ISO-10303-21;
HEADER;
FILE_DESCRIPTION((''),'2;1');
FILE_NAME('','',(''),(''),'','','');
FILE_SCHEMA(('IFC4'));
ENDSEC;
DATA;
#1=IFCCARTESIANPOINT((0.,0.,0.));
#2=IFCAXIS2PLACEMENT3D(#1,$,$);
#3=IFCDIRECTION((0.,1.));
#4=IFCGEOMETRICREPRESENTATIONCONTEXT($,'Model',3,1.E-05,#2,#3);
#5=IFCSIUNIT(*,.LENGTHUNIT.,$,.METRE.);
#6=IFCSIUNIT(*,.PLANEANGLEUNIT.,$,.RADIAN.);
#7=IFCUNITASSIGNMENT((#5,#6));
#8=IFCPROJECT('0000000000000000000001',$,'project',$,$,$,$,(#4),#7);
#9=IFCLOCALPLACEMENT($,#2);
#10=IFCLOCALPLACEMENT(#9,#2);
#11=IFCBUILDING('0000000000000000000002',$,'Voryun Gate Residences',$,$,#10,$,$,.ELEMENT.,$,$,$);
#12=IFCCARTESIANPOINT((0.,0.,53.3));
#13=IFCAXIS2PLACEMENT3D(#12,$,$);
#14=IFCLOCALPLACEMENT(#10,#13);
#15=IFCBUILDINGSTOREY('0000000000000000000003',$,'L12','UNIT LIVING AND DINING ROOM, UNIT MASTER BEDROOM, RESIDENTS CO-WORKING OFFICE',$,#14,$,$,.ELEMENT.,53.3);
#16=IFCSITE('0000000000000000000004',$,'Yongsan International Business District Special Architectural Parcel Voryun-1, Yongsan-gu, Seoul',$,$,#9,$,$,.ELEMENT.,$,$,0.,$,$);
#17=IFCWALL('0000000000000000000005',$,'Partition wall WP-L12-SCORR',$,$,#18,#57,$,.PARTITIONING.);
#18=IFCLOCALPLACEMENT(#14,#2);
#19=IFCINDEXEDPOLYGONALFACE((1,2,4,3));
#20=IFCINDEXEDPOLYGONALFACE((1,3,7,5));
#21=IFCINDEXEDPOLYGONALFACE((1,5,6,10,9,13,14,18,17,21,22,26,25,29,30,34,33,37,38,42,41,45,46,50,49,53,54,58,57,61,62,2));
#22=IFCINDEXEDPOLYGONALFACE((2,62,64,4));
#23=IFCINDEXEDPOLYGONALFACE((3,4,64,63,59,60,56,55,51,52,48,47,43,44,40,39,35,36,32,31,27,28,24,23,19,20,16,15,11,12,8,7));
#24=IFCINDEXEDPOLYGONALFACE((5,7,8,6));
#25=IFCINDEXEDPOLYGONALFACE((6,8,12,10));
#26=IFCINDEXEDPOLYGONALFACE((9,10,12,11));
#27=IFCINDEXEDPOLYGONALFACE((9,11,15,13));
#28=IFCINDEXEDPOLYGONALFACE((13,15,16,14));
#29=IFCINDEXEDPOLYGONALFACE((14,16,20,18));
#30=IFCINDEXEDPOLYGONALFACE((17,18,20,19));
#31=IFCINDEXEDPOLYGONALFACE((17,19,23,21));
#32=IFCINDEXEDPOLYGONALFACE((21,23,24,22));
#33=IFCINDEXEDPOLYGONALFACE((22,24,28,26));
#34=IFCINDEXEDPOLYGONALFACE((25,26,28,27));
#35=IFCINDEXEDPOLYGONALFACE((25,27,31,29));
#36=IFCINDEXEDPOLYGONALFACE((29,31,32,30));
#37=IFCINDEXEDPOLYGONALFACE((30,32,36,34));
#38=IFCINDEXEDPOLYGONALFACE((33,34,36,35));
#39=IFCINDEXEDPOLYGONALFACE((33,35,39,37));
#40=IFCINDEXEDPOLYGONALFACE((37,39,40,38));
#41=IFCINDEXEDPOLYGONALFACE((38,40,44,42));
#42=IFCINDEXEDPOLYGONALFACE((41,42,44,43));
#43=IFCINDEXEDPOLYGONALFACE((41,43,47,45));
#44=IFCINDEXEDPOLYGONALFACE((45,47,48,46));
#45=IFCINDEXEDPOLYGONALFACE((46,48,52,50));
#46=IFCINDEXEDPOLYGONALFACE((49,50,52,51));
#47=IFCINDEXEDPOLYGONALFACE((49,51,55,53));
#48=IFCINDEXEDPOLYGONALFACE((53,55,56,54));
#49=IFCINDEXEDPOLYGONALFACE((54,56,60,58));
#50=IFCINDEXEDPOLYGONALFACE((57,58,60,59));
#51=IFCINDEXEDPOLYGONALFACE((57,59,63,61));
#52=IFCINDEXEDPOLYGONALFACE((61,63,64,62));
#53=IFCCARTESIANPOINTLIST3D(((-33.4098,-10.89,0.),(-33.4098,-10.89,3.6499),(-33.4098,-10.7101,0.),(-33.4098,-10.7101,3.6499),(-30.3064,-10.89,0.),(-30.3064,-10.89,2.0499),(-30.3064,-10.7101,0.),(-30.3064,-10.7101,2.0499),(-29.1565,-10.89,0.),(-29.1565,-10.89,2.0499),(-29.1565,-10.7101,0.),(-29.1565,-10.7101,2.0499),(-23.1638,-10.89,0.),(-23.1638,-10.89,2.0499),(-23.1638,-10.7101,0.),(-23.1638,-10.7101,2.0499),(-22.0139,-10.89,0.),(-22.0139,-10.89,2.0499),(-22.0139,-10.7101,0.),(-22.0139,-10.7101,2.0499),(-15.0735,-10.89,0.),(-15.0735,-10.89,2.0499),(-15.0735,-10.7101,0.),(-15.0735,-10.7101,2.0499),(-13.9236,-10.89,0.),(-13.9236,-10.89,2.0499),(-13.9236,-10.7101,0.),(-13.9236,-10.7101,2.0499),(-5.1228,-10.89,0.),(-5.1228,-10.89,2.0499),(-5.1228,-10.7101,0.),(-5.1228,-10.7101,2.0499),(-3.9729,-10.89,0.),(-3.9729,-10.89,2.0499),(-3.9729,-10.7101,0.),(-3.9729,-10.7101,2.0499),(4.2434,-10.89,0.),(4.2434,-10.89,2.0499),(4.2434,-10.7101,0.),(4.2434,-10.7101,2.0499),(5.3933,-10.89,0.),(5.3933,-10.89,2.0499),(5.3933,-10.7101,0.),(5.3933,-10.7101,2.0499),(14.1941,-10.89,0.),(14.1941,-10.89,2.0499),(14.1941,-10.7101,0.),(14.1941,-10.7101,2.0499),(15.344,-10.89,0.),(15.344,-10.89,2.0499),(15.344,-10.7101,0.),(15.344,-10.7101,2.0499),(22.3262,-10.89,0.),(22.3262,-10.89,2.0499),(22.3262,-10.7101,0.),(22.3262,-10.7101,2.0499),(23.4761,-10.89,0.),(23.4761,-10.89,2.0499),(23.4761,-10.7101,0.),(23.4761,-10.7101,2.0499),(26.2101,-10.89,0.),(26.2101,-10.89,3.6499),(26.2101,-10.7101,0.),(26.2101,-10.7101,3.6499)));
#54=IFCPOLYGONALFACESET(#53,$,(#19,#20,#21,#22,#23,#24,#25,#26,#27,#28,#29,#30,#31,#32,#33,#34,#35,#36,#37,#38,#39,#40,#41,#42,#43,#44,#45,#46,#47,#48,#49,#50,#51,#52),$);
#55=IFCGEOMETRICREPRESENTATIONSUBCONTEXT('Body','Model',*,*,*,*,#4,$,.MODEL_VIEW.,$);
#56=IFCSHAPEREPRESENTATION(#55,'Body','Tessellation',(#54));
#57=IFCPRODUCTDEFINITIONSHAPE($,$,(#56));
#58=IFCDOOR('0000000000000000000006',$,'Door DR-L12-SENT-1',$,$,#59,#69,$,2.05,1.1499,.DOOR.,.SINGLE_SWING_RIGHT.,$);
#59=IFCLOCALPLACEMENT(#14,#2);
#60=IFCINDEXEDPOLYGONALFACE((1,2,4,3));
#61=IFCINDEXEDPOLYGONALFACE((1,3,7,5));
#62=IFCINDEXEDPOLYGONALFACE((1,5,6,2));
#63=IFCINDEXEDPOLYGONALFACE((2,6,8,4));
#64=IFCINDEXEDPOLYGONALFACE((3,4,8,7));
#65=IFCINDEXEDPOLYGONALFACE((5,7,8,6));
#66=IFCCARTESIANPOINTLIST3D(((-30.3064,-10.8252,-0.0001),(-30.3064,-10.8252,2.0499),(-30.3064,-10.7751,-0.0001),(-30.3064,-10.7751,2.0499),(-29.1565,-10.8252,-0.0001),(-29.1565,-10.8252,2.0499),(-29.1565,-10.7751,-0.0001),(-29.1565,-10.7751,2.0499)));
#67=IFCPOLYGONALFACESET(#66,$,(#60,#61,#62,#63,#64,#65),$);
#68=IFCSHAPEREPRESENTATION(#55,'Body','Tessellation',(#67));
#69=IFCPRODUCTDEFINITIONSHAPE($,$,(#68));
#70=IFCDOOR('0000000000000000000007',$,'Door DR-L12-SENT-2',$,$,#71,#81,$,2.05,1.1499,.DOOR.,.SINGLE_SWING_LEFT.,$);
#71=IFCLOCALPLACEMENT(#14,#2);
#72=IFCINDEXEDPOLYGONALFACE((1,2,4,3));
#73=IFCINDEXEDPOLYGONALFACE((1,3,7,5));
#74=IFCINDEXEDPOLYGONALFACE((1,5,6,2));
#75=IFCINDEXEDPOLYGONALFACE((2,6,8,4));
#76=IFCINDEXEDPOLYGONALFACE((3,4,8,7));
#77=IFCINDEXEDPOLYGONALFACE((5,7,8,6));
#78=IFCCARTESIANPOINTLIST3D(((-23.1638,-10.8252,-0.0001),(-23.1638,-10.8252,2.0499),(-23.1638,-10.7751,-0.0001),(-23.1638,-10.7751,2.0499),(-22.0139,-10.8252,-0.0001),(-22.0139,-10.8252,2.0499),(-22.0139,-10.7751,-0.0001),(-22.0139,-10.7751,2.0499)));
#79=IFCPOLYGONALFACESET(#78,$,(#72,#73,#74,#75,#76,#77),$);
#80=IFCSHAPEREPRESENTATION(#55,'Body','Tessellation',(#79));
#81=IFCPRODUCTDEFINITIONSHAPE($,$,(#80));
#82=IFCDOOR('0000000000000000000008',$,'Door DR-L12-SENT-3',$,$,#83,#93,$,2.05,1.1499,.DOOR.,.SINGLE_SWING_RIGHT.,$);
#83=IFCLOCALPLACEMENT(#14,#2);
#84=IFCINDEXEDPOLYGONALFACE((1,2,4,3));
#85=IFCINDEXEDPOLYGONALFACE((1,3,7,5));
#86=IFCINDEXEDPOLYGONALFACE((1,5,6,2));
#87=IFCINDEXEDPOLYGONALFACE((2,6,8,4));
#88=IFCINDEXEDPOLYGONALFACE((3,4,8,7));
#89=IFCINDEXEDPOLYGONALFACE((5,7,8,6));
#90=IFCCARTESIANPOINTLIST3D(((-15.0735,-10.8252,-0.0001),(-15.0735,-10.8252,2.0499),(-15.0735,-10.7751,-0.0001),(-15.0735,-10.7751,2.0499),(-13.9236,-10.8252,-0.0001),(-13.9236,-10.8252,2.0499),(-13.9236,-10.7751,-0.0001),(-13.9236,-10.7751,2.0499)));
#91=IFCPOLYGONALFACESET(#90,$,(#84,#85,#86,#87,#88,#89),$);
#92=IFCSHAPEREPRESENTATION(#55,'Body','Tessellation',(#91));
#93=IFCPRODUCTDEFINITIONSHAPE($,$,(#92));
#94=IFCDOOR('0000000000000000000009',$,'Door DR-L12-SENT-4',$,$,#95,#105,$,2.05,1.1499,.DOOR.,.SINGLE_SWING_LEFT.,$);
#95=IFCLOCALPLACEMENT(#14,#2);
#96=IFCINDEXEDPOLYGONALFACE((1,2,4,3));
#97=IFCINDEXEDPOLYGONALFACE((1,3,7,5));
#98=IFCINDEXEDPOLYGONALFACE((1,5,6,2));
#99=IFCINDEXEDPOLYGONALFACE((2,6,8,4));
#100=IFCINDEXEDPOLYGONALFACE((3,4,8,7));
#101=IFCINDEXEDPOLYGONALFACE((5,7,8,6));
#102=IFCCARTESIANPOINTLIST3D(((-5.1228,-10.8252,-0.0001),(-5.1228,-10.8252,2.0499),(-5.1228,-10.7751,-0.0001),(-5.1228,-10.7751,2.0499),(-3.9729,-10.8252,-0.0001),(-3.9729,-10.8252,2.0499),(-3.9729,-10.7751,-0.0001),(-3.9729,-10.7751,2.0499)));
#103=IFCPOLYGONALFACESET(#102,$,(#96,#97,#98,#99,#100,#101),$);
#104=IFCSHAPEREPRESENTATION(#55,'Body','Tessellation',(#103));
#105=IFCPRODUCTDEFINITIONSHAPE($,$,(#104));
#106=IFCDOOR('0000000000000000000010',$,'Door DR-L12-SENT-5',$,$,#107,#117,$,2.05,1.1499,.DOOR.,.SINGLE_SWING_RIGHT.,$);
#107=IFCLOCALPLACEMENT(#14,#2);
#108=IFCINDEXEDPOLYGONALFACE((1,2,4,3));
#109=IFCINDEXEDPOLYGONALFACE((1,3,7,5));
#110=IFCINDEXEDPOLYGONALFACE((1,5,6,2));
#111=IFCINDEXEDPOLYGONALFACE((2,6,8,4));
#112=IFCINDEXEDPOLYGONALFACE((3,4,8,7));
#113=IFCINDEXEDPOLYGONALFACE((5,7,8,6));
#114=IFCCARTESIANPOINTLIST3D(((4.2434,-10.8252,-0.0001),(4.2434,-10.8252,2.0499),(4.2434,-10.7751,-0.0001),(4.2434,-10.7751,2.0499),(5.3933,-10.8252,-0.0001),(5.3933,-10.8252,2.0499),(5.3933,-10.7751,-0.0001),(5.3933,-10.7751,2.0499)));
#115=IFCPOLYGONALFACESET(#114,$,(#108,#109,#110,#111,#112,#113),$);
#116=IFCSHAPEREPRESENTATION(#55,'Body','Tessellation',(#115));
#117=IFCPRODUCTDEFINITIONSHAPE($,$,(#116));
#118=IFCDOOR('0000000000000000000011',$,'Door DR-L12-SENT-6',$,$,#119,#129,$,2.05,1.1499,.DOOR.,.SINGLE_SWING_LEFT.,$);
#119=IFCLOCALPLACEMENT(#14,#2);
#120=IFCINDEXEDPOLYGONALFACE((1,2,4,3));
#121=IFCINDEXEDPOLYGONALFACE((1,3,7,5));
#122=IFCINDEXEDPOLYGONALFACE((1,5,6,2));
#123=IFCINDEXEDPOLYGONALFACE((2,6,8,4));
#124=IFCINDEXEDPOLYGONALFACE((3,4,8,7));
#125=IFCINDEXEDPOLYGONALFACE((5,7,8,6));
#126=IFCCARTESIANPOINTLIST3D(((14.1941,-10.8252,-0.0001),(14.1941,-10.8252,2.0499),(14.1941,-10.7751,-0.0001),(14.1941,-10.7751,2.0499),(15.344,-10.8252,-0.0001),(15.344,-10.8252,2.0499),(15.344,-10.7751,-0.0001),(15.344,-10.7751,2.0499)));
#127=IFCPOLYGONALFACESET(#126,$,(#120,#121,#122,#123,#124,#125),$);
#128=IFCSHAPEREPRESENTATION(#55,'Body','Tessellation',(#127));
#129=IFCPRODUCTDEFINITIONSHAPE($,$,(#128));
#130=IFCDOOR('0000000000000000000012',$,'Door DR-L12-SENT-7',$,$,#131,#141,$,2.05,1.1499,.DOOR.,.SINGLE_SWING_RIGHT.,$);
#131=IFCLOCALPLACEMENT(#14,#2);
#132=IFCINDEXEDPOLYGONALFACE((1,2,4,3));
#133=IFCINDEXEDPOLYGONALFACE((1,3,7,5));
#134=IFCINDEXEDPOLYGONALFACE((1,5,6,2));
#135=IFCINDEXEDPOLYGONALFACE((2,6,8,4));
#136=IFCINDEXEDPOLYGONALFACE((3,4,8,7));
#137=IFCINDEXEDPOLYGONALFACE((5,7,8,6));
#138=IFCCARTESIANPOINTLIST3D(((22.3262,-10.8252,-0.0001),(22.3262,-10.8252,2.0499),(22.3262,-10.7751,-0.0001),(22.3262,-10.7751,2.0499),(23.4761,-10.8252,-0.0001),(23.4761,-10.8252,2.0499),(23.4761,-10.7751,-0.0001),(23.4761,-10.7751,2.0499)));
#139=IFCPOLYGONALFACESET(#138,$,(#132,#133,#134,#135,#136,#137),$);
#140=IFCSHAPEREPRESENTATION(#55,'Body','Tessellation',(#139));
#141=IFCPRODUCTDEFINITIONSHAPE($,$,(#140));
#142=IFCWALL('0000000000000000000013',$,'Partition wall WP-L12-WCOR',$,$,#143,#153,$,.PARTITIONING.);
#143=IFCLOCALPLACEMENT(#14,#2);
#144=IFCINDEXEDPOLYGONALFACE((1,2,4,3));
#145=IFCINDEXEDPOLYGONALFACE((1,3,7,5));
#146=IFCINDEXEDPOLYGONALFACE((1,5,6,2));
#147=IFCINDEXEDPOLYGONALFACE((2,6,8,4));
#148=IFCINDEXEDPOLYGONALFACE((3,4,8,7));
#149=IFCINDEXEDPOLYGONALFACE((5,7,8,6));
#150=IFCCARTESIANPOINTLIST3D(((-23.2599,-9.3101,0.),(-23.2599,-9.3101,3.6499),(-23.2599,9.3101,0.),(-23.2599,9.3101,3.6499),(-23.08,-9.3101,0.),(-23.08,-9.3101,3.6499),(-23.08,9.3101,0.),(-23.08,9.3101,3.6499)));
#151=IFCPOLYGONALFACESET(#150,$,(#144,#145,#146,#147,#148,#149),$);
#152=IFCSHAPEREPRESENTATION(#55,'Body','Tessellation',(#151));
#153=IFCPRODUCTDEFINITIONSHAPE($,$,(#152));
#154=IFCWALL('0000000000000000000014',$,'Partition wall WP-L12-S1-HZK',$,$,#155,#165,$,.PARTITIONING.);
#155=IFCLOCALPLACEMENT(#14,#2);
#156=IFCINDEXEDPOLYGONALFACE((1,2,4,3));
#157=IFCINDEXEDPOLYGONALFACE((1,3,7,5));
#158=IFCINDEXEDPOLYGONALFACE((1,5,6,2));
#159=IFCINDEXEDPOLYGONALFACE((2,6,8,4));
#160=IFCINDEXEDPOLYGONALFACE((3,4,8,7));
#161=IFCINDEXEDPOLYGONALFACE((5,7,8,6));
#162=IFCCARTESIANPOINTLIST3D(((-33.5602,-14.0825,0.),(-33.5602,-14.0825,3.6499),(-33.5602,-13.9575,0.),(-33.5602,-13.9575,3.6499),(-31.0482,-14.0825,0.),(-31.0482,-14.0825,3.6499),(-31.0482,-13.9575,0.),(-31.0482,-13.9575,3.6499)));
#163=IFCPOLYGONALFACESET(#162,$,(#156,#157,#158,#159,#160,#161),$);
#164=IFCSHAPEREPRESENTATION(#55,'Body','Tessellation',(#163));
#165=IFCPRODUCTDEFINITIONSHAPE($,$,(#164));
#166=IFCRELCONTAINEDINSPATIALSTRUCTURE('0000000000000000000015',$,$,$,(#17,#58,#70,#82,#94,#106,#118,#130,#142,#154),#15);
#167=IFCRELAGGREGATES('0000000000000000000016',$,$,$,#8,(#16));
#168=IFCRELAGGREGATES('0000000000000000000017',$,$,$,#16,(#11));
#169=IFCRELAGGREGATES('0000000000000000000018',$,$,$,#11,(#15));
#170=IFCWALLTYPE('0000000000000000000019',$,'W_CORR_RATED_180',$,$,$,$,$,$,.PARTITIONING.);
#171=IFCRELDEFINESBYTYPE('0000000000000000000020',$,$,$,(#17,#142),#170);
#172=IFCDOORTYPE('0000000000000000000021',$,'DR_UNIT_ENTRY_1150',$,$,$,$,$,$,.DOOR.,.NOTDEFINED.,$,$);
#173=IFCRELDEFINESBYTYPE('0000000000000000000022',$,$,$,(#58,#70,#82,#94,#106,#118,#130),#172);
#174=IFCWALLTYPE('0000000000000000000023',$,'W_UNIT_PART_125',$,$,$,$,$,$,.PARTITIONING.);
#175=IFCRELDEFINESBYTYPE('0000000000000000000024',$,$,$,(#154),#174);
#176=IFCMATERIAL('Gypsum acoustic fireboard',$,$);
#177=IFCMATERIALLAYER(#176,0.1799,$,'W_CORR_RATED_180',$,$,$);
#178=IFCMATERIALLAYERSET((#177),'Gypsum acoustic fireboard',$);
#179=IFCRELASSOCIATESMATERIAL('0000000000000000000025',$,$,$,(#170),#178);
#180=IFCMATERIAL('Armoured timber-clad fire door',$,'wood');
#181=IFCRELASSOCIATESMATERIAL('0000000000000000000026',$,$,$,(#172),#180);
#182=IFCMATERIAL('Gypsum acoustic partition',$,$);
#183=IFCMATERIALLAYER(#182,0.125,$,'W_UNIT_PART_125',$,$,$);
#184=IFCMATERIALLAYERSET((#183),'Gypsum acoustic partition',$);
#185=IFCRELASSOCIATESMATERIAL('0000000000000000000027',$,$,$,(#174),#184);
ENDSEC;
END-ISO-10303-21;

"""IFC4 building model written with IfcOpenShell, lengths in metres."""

from ifc_helpers import new_model, si_unit, direction, frame, frame_2d, origin, place, context, subcontext, project, spatial, rectangle, extrude, material, layer, layer_set, type_object, element, fill, save


model = new_model("IFC4")

# Units and contexts
model_context = context("Model", 3, precision=1e-05, world=origin(), true_north=direction((0.0, 1.0)))
body_context = subcontext(model_context, "Body", "Model", "MODEL_VIEW")
ifc_project = project(units=[si_unit("LENGTHUNIT", "METRE"), si_unit("PLANEANGLEUNIT", "RADIAN")], contexts=[model_context])

# Site, building, storey
site_placement = place(None, origin())
site = spatial("IfcSite", under=ifc_project, at=site_placement, Name="Yongsan International Business District Special Architectural Parcel Voryun-1, Yongsan-gu, Seoul", CompositionType="ELEMENT", RefElevation=0.0)
building_placement = place(site_placement, origin())
building = spatial("IfcBuilding", under=site, at=building_placement, Name="Voryun Gate Residences", CompositionType="ELEMENT")
storey_placement = place(building_placement, frame((0.0, 0.0, 53.3)))
storey = spatial("IfcBuildingStorey", under=building, at=storey_placement, Name="L12", Description="UNIT LIVING AND DINING ROOM, UNIT MASTER BEDROOM, RESIDENTS CO-WORKING OFFICE", CompositionType="ELEMENT", Elevation=53.3)

# Shared definitions
ifc_material_1 = material(Name="Gypsum acoustic fireboard")
ifc_layer_1 = layer(ifc_material_1, 0.1799, Name="W_CORR_RATED_180")
ifc_layer_set_1 = layer_set([ifc_layer_1], Name="Gypsum acoustic fireboard")
wall_type_1 = type_object("IfcWallType", Name="W_CORR_RATED_180", PredefinedType="PARTITIONING", material=ifc_layer_set_1)

# Wall, openings, doors
wall_1_placement = place(storey_placement, frame((-33.4099, -10.8, 0.0), z_axis=(0.0, 0.0, 1.0), x_axis=(1.0, 0.0, 0.0)))
wall_1 = element("IfcWall", 1, at=wall_1_placement, inside=storey, type_object=wall_type_1, Name="Partition wall WP-L12-SCORR", PredefinedType="PARTITIONING", context=body_context, shape_type="SweptSolid", body=[
    extrude(rectangle(XDim=59.6199, YDim=0.1799, at=frame_2d((29.8101, 0.0))), origin(), (0.0, 0.0, 1.0), 3.6499),
])
opening_1_placement = place(wall_1_placement, frame((3.1035, 0.0, 0.0)))
opening_1 = element("IfcOpeningElement", 2, at=opening_1_placement, cuts=wall_1, PredefinedType="OPENING", context=body_context, shape_type="SweptSolid", body=[
    extrude(rectangle(XDim=1.1499, YDim=2.05, at=frame_2d((0.575, 1.0249))), frame((0.0, 0.0999, 0.0), z_axis=(0.0, -1.0, 0.0), x_axis=(1.0, 0.0, 0.0)), (0.0, 0.0, 1.0), 0.2),
])
opening_2_placement = place(wall_1_placement, frame((10.2461, 0.0, 0.0)))
opening_2 = element("IfcOpeningElement", 3, at=opening_2_placement, cuts=wall_1, PredefinedType="OPENING", context=body_context, shape_type="SweptSolid", body=[
    extrude(rectangle(XDim=1.1499, YDim=2.05, at=frame_2d((0.575, 1.0249))), frame((0.0, 0.0999, 0.0), z_axis=(0.0, -1.0, 0.0), x_axis=(1.0, 0.0, 0.0)), (0.0, 0.0, 1.0), 0.2),
])
opening_3_placement = place(wall_1_placement, frame((18.3364, 0.0, 0.0)))
opening_3 = element("IfcOpeningElement", 4, at=opening_3_placement, cuts=wall_1, PredefinedType="OPENING", context=body_context, shape_type="SweptSolid", body=[
    extrude(rectangle(XDim=1.1499, YDim=2.05, at=frame_2d((0.575, 1.0249))), frame((0.0, 0.0999, 0.0), z_axis=(0.0, -1.0, 0.0), x_axis=(1.0, 0.0, 0.0)), (0.0, 0.0, 1.0), 0.2),
])
opening_4_placement = place(wall_1_placement, frame((28.2871, 0.0, 0.0)))
opening_4 = element("IfcOpeningElement", 5, at=opening_4_placement, cuts=wall_1, PredefinedType="OPENING", context=body_context, shape_type="SweptSolid", body=[
    extrude(rectangle(XDim=1.1499, YDim=2.05, at=frame_2d((0.575, 1.0249))), frame((0.0, 0.0999, 0.0), z_axis=(0.0, -1.0, 0.0), x_axis=(1.0, 0.0, 0.0)), (0.0, 0.0, 1.0), 0.2),
])
opening_5_placement = place(wall_1_placement, frame((37.6533, 0.0, 0.0)))
opening_5 = element("IfcOpeningElement", 6, at=opening_5_placement, cuts=wall_1, PredefinedType="OPENING", context=body_context, shape_type="SweptSolid", body=[
    extrude(rectangle(XDim=1.1499, YDim=2.05, at=frame_2d((0.575, 1.0249))), frame((0.0, 0.0999, 0.0), z_axis=(0.0, -1.0, 0.0), x_axis=(1.0, 0.0, 0.0)), (0.0, 0.0, 1.0), 0.2),
])
opening_6_placement = place(wall_1_placement, frame((47.604, 0.0, 0.0)))
opening_6 = element("IfcOpeningElement", 7, at=opening_6_placement, cuts=wall_1, PredefinedType="OPENING", context=body_context, shape_type="SweptSolid", body=[
    extrude(rectangle(XDim=1.1499, YDim=2.05, at=frame_2d((0.575, 1.0249))), frame((0.0, 0.0999, 0.0), z_axis=(0.0, -1.0, 0.0), x_axis=(1.0, 0.0, 0.0)), (0.0, 0.0, 1.0), 0.2),
])
opening_7_placement = place(wall_1_placement, frame((55.7361, 0.0, 0.0)))
opening_7 = element("IfcOpeningElement", 8, at=opening_7_placement, cuts=wall_1, PredefinedType="OPENING", context=body_context, shape_type="SweptSolid", body=[
    extrude(rectangle(XDim=1.1499, YDim=2.05, at=frame_2d((0.575, 1.0249))), frame((0.0, 0.0999, 0.0), z_axis=(0.0, -1.0, 0.0), x_axis=(1.0, 0.0, 0.0)), (0.0, 0.0, 1.0), 0.2),
])
ifc_material_2 = material(Name="Armoured timber-clad fire door", Category="wood")
door_type_1 = type_object("IfcDoorType", Name="DR_UNIT_ENTRY_1150", OperationType="NOTDEFINED", PredefinedType="DOOR", material=ifc_material_2)
door_1_placement = place(opening_1_placement, origin())
door_1 = element("IfcDoor", 9, at=door_1_placement, inside=storey, type_object=door_type_1, Name="Door DR-L12-SENT-1", OperationType="SINGLE_SWING_RIGHT", OverallHeight=2.05, OverallWidth=1.1499, PredefinedType="DOOR", context=body_context, shape_type="SweptSolid", body=[
    extrude(rectangle(XDim=1.1499, YDim=2.05, at=frame_2d((0.575, 1.0249))), frame((0.0, 0.0249, 0.0), z_axis=(0.0, -1.0, 0.0), x_axis=(1.0, 0.0, 0.0)), (0.0, 0.0, 1.0), 0.05),
])
fill(opening_1, door_1)
door_2_placement = place(opening_2_placement, origin())
door_2 = element("IfcDoor", 10, at=door_2_placement, inside=storey, type_object=door_type_1, Name="Door DR-L12-SENT-2", OperationType="SINGLE_SWING_LEFT", OverallHeight=2.05, OverallWidth=1.1499, PredefinedType="DOOR", context=body_context, shape_type="SweptSolid", body=[
    extrude(rectangle(XDim=1.1499, YDim=2.05, at=frame_2d((0.575, 1.0249))), frame((0.0, 0.0249, 0.0), z_axis=(0.0, -1.0, 0.0), x_axis=(1.0, 0.0, 0.0)), (0.0, 0.0, 1.0), 0.05),
])
fill(opening_2, door_2)
door_3_placement = place(opening_3_placement, origin())
door_3 = element("IfcDoor", 11, at=door_3_placement, inside=storey, type_object=door_type_1, Name="Door DR-L12-SENT-3", OperationType="SINGLE_SWING_RIGHT", OverallHeight=2.05, OverallWidth=1.1499, PredefinedType="DOOR", context=body_context, shape_type="SweptSolid", body=[
    extrude(rectangle(XDim=1.1499, YDim=2.05, at=frame_2d((0.575, 1.0249))), frame((0.0, 0.0249, 0.0), z_axis=(0.0, -1.0, 0.0), x_axis=(1.0, 0.0, 0.0)), (0.0, 0.0, 1.0), 0.05),
])
fill(opening_3, door_3)
door_4_placement = place(opening_4_placement, origin())
door_4 = element("IfcDoor", 12, at=door_4_placement, inside=storey, type_object=door_type_1, Name="Door DR-L12-SENT-4", OperationType="SINGLE_SWING_LEFT", OverallHeight=2.05, OverallWidth=1.1499, PredefinedType="DOOR", context=body_context, shape_type="SweptSolid", body=[
    extrude(rectangle(XDim=1.1499, YDim=2.05, at=frame_2d((0.575, 1.0249))), frame((0.0, 0.0249, 0.0), z_axis=(0.0, -1.0, 0.0), x_axis=(1.0, 0.0, 0.0)), (0.0, 0.0, 1.0), 0.05),
])
fill(opening_4, door_4)
door_5_placement = place(opening_5_placement, origin())
door_5 = element("IfcDoor", 13, at=door_5_placement, inside=storey, type_object=door_type_1, Name="Door DR-L12-SENT-5", OperationType="SINGLE_SWING_RIGHT", OverallHeight=2.05, OverallWidth=1.1499, PredefinedType="DOOR", context=body_context, shape_type="SweptSolid", body=[
    extrude(rectangle(XDim=1.1499, YDim=2.05, at=frame_2d((0.575, 1.0249))), frame((0.0, 0.0249, 0.0), z_axis=(0.0, -1.0, 0.0), x_axis=(1.0, 0.0, 0.0)), (0.0, 0.0, 1.0), 0.05),
])
fill(opening_5, door_5)
door_6_placement = place(opening_6_placement, origin())
door_6 = element("IfcDoor", 14, at=door_6_placement, inside=storey, type_object=door_type_1, Name="Door DR-L12-SENT-6", OperationType="SINGLE_SWING_LEFT", OverallHeight=2.05, OverallWidth=1.1499, PredefinedType="DOOR", context=body_context, shape_type="SweptSolid", body=[
    extrude(rectangle(XDim=1.1499, YDim=2.05, at=frame_2d((0.575, 1.0249))), frame((0.0, 0.0249, 0.0), z_axis=(0.0, -1.0, 0.0), x_axis=(1.0, 0.0, 0.0)), (0.0, 0.0, 1.0), 0.05),
])
fill(opening_6, door_6)
door_7_placement = place(opening_7_placement, origin())
door_7 = element("IfcDoor", 15, at=door_7_placement, inside=storey, type_object=door_type_1, Name="Door DR-L12-SENT-7", OperationType="SINGLE_SWING_RIGHT", OverallHeight=2.05, OverallWidth=1.1499, PredefinedType="DOOR", context=body_context, shape_type="SweptSolid", body=[
    extrude(rectangle(XDim=1.1499, YDim=2.05, at=frame_2d((0.575, 1.0249))), frame((0.0, 0.0249, 0.0), z_axis=(0.0, -1.0, 0.0), x_axis=(1.0, 0.0, 0.0)), (0.0, 0.0, 1.0), 0.05),
])
fill(opening_7, door_7)

# Walls
wall_2_placement = place(storey_placement, frame((-23.1699, -9.3101, 0.0), z_axis=(0.0, 0.0, 1.0), x_axis=(0.0, 1.0, 0.0)))
element("IfcWall", 16, at=wall_2_placement, inside=storey, type_object=wall_type_1, Name="Partition wall WP-L12-WCOR", PredefinedType="PARTITIONING", context=body_context, shape_type="SweptSolid", body=[
    extrude(rectangle(XDim=18.6201, YDim=0.1799, at=frame_2d((9.3101, 0.0))), origin(), (0.0, 0.0, 1.0), 3.6499),
])
ifc_material_3 = material(Name="Gypsum acoustic partition")
ifc_layer_2 = layer(ifc_material_3, 0.125, Name="W_UNIT_PART_125")
ifc_layer_set_2 = layer_set([ifc_layer_2], Name="Gypsum acoustic partition")
wall_type_2 = type_object("IfcWallType", Name="W_UNIT_PART_125", PredefinedType="PARTITIONING", material=ifc_layer_set_2)
wall_3_placement = place(storey_placement, frame((-33.5601, -14.02, 0.0), z_axis=(0.0, 0.0, 1.0), x_axis=(1.0, 0.0, 0.0)))
element("IfcWall", 17, at=wall_3_placement, inside=storey, type_object=wall_type_2, Name="Partition wall WP-L12-S1-HZK", PredefinedType="PARTITIONING", context=body_context, shape_type="SweptSolid", body=[
    extrude(rectangle(XDim=2.512, YDim=0.125, at=frame_2d((1.2559, 0.0))), origin(), (0.0, 0.0, 1.0), 3.6499),
])

save(model, "model.ifc")
